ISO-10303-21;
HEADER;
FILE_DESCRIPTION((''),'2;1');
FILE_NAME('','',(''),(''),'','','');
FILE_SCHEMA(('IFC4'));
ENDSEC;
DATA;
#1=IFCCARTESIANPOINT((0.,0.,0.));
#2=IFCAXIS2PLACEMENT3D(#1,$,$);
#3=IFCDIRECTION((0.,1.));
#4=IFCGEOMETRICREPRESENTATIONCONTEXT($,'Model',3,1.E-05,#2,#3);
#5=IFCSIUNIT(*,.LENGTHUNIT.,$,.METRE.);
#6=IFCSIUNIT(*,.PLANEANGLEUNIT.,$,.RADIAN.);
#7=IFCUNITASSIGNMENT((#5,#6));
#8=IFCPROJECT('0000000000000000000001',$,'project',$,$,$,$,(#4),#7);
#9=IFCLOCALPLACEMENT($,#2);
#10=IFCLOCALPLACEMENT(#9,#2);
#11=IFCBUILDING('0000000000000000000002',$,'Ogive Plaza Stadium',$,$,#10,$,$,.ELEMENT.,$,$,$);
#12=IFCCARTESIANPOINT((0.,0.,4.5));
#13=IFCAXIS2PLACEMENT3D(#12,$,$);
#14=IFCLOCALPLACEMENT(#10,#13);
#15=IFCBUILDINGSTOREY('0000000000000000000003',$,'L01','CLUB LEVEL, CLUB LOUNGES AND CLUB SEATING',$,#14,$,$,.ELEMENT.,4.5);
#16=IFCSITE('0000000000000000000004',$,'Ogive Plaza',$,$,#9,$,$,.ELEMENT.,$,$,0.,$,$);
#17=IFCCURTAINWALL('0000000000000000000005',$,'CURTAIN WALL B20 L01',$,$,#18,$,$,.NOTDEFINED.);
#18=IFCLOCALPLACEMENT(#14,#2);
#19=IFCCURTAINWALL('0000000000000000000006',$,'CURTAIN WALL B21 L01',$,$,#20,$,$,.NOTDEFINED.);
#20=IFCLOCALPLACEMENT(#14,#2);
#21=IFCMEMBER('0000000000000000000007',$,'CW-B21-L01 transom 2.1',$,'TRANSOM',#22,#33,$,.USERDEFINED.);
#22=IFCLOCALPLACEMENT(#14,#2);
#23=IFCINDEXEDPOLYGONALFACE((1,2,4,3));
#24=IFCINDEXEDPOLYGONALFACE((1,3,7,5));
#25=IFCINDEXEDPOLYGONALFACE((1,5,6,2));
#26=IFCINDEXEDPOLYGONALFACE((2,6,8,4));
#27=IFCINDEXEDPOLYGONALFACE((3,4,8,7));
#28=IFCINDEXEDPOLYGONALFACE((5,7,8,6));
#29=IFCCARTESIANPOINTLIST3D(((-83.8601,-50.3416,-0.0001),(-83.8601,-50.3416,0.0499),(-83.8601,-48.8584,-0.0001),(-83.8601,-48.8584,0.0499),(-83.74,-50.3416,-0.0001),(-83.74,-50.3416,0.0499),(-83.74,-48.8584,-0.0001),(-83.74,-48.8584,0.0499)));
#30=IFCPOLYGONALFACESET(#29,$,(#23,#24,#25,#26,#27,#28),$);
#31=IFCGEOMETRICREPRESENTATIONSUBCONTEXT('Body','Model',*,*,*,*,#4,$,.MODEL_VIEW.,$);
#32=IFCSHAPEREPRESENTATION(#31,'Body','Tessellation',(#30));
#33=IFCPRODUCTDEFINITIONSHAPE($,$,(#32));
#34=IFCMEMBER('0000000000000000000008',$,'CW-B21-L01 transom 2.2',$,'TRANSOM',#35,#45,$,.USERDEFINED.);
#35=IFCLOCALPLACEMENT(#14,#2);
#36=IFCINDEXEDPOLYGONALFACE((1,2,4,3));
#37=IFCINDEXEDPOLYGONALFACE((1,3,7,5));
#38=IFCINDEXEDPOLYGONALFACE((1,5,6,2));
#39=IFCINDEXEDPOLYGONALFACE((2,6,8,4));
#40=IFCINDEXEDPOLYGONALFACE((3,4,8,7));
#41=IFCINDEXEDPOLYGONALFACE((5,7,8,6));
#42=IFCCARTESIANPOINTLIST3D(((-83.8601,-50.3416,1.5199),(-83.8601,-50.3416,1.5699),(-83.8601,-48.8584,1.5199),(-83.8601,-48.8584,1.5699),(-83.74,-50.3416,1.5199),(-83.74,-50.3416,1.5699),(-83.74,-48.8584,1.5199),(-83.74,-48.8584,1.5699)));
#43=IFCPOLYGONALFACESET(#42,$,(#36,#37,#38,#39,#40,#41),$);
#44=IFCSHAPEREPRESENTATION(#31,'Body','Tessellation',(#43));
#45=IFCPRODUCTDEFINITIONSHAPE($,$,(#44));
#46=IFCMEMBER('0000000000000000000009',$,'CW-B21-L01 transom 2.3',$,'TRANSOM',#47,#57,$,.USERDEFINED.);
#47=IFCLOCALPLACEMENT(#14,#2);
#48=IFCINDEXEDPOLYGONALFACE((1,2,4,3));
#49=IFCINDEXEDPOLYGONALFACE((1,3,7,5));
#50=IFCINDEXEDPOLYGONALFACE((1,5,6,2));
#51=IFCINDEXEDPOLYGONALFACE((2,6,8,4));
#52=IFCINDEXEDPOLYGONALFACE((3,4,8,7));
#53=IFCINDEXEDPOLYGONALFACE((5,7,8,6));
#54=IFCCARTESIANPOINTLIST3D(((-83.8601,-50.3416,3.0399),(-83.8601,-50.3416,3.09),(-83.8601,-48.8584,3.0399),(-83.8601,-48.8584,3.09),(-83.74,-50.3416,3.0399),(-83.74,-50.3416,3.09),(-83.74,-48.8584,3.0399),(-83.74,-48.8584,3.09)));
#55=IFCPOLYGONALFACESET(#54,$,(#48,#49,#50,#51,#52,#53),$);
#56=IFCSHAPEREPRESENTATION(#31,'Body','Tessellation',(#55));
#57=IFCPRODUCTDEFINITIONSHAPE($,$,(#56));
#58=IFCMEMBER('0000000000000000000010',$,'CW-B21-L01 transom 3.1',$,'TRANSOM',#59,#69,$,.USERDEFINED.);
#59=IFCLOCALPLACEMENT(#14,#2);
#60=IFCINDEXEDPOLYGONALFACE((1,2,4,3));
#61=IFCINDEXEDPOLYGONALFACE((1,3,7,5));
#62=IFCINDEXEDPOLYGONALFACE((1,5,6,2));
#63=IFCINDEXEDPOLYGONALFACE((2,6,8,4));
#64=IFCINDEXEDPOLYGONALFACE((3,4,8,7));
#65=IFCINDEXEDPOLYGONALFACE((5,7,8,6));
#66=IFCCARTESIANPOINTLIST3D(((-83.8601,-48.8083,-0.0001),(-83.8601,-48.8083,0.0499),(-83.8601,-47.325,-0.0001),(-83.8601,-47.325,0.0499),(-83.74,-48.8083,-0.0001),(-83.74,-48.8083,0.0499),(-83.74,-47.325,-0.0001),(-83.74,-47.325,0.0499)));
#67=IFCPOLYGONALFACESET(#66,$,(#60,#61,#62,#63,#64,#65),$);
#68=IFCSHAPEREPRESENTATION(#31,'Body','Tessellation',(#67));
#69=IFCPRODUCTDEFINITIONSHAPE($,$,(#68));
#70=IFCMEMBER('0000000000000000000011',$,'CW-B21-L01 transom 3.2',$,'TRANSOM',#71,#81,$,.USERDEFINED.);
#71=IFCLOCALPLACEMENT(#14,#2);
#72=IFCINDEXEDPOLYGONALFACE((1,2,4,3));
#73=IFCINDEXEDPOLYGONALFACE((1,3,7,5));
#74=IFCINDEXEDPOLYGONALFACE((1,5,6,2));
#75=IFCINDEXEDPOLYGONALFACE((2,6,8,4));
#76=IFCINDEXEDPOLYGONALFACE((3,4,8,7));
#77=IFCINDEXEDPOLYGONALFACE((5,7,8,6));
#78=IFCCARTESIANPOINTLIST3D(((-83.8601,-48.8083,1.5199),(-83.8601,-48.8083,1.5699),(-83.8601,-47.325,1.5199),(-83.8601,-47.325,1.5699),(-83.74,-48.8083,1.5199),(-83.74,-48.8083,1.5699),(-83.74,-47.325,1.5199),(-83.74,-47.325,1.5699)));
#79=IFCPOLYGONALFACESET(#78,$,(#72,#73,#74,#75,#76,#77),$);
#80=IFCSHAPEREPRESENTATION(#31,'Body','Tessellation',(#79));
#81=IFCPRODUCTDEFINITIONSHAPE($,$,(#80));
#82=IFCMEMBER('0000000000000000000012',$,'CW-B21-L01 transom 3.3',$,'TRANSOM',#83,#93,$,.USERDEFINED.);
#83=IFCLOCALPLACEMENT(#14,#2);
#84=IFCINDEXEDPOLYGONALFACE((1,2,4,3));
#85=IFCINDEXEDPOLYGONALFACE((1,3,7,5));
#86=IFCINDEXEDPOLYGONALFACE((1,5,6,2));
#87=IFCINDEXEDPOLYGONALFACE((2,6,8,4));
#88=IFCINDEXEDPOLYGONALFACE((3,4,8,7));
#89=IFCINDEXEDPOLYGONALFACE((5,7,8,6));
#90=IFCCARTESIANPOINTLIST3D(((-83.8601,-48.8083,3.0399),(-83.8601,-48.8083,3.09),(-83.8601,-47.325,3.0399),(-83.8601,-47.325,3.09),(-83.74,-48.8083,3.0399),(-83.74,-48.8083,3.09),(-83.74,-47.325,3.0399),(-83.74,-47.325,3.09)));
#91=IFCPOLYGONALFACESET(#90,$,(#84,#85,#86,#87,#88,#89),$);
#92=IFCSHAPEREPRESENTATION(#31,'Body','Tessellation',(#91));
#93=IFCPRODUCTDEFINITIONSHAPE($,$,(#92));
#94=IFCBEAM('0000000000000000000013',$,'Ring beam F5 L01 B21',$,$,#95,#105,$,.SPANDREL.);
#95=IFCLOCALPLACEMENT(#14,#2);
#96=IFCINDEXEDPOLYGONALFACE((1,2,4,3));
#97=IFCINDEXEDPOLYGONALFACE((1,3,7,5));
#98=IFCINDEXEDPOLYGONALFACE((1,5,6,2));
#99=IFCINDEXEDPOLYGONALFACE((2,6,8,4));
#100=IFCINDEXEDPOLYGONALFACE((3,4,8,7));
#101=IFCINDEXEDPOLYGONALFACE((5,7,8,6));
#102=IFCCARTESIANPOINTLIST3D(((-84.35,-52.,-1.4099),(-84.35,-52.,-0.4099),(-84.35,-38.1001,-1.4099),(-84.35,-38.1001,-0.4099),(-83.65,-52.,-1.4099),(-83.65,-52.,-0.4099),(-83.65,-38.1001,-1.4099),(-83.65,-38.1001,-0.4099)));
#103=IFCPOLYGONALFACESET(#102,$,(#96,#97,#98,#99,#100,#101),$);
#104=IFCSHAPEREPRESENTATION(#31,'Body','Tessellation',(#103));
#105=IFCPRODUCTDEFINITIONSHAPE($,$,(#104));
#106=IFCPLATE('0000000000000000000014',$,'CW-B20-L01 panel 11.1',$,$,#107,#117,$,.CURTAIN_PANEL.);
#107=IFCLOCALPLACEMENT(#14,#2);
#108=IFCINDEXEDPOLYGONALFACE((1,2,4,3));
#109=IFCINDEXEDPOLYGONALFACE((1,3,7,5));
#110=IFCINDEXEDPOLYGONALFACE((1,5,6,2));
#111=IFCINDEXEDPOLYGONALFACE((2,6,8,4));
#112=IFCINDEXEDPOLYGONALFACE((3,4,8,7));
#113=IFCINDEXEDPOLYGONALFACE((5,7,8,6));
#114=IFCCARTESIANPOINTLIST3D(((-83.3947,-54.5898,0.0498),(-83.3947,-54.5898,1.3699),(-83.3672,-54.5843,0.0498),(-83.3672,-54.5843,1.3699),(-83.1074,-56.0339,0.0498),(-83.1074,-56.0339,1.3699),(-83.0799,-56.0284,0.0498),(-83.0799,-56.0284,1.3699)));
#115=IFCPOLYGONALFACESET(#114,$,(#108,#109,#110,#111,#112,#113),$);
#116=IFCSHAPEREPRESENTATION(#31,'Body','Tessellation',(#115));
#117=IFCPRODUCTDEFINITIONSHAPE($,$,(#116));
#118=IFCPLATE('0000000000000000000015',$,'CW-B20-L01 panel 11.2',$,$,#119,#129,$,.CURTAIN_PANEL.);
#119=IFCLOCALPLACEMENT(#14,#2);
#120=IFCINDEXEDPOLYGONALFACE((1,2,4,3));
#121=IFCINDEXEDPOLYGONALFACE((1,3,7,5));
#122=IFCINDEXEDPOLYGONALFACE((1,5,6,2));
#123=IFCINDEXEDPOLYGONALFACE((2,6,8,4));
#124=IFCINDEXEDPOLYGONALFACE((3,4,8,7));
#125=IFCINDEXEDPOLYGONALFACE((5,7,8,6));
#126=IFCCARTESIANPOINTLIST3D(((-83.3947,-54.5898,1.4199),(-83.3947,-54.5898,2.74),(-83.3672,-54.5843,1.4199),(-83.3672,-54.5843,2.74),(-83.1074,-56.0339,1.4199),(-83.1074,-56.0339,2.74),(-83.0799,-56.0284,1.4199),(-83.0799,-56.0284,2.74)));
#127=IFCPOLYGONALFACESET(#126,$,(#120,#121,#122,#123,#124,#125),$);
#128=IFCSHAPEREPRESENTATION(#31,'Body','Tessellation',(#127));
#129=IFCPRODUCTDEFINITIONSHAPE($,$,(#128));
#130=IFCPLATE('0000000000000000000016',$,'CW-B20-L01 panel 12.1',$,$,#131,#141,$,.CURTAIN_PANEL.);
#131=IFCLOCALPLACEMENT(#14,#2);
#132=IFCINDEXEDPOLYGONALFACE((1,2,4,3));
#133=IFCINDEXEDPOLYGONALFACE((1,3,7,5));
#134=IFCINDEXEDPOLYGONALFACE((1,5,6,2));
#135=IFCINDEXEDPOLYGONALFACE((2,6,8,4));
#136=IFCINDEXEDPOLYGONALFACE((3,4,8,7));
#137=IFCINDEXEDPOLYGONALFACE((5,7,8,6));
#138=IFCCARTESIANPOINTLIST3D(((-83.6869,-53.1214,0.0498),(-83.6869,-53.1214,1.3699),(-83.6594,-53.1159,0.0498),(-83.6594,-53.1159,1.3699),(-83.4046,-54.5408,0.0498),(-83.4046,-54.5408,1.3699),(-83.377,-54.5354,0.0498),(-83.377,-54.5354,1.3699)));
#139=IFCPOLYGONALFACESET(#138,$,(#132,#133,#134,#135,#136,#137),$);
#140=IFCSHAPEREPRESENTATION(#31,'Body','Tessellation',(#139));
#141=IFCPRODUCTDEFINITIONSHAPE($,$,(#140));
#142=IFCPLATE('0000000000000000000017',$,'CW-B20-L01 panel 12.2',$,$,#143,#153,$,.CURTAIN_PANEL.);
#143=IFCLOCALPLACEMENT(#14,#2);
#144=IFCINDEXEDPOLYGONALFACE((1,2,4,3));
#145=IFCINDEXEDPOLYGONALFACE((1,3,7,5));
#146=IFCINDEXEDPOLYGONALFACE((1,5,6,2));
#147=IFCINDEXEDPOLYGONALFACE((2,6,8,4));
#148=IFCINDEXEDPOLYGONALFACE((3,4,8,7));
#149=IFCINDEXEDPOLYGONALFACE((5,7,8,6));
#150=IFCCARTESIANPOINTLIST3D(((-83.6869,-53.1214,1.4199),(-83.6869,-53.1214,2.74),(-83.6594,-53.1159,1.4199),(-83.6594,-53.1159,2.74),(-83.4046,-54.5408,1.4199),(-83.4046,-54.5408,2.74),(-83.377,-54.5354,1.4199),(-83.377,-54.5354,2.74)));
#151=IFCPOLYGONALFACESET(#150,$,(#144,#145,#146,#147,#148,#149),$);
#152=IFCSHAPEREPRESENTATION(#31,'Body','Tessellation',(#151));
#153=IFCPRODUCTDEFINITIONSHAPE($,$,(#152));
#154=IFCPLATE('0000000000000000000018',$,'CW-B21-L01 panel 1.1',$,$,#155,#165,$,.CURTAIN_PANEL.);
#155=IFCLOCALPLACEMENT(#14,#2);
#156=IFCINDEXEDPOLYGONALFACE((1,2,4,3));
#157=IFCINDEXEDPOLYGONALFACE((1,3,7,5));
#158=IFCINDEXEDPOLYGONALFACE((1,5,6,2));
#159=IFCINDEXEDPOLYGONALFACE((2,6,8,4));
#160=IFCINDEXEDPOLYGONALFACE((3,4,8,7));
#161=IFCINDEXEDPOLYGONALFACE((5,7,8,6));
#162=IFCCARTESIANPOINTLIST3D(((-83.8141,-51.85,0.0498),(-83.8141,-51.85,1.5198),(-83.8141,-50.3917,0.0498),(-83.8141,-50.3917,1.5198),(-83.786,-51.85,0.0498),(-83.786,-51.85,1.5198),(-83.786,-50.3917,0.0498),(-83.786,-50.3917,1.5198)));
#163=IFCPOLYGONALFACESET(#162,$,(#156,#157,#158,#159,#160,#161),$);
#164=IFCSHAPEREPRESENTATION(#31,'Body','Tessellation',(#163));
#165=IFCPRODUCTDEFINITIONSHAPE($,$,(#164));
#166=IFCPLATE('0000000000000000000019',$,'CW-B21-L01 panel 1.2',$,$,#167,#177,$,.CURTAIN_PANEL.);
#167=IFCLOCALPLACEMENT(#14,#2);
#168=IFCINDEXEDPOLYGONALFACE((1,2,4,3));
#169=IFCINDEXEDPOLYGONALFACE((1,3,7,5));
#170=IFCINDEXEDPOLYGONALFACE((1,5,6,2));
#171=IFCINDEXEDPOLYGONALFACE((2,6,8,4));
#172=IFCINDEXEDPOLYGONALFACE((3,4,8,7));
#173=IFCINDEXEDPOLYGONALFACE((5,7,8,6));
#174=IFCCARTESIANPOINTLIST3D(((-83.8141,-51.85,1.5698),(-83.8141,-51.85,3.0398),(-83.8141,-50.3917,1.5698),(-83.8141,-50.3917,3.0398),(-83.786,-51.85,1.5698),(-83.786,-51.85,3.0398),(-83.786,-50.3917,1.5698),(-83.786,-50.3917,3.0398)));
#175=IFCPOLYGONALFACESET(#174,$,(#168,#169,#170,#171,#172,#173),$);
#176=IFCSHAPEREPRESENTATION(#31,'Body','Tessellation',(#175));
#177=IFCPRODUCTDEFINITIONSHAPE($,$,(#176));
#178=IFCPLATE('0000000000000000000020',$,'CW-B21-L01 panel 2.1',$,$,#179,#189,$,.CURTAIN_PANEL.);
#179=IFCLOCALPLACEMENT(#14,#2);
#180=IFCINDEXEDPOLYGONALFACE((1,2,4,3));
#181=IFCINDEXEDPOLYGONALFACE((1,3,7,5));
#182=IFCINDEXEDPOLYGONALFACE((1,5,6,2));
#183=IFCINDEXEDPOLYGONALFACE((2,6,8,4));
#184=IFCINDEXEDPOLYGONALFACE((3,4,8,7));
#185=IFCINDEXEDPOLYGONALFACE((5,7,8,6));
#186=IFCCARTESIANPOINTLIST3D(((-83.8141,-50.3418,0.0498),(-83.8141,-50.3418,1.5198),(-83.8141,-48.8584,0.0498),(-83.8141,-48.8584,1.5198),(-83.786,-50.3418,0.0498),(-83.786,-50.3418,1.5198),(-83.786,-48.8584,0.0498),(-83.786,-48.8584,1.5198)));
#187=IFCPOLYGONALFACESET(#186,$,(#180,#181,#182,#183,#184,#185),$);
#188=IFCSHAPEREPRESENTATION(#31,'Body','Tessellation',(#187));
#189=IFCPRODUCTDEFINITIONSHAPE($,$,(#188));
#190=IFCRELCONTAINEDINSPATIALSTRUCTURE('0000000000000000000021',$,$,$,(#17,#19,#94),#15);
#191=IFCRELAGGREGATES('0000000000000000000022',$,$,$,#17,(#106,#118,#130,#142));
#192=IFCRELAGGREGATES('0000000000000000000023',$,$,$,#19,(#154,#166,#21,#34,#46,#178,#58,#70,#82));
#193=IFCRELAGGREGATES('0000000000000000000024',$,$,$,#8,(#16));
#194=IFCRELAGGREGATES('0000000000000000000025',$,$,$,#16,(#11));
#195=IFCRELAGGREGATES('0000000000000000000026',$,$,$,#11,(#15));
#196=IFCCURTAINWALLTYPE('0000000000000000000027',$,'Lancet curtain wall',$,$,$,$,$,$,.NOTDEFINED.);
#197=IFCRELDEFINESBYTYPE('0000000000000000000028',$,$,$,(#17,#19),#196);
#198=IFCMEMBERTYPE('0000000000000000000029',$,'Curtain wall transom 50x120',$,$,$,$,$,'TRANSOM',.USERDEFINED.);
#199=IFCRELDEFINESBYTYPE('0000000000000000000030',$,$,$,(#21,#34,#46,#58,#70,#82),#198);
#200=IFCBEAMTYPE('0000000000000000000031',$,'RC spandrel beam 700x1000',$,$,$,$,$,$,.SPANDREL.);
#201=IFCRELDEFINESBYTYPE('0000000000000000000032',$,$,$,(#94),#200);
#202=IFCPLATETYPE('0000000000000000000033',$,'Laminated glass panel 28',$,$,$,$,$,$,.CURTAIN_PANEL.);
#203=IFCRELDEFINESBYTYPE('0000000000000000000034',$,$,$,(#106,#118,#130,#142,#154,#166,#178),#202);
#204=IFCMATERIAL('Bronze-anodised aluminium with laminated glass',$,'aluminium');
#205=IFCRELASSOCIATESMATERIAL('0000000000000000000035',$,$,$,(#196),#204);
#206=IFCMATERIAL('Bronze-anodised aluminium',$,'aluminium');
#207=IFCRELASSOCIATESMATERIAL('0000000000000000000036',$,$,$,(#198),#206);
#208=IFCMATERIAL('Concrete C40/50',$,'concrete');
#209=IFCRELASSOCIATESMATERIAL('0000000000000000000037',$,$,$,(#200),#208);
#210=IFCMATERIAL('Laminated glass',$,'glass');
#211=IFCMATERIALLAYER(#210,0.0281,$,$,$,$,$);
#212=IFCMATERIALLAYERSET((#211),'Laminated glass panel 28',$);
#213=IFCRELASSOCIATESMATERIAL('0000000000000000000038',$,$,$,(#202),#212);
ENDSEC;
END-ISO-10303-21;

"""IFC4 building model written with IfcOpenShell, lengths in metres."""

from ifc_helpers import new_model, si_unit, direction, frame, origin, origin_2d, place, context, subcontext, project, spatial, rectangle, extrude, material, layer, layer_set, material_profile, profile_set, type_object, element, aggregate, save


model = new_model("IFC4")

# Units and contexts
model_context = context("Model", 3, precision=1e-05, world=origin(), true_north=direction((0.0, 1.0)))
body_context = subcontext(model_context, "Body", "Model", "MODEL_VIEW")
ifc_project = project(units=[si_unit("LENGTHUNIT", "METRE"), si_unit("PLANEANGLEUNIT", "RADIAN")], contexts=[model_context])

# Site, building, storey
site_placement = place(None, origin())
site = spatial("IfcSite", under=ifc_project, at=site_placement, Name="Ogive Plaza", CompositionType="ELEMENT", RefElevation=0.0)
building_placement = place(site_placement, origin())
building = spatial("IfcBuilding", under=site, at=building_placement, Name="Ogive Plaza Stadium", CompositionType="ELEMENT")
storey_placement = place(building_placement, frame((0.0, 0.0, 4.5)))
storey = spatial("IfcBuildingStorey", under=building, at=storey_placement, Name="L01", Description="CLUB LEVEL, CLUB LOUNGES AND CLUB SEATING", CompositionType="ELEMENT", Elevation=4.5)

# Curtain walls
ifc_material_1 = material(Name="Bronze-anodised aluminium with laminated glass", Category="aluminium")
curtain_wall_type = type_object("IfcCurtainWallType", Name="Lancet curtain wall", PredefinedType="NOTDEFINED", material=ifc_material_1)
curtain_wall_1_placement = place(storey_placement, origin())
curtain_wall_1 = element("IfcCurtainWall", 1, at=curtain_wall_1_placement, inside=storey, type_object=curtain_wall_type, Name="CURTAIN WALL B20 L01", PredefinedType="NOTDEFINED")
curtain_wall_2_placement = place(storey_placement, origin())
curtain_wall_2 = element("IfcCurtainWall", 2, at=curtain_wall_2_placement, inside=storey, type_object=curtain_wall_type, Name="CURTAIN WALL B21 L01", PredefinedType="NOTDEFINED")

# Members
ifc_material_2 = material(Name="Bronze-anodised aluminium", Category="aluminium")
ifc_material_profile_1 = material_profile(ifc_material_2, rectangle(XDim=0.1201, YDim=0.05, at=origin_2d()), Name="AL 120x50")
ifc_profile_set_1 = profile_set([ifc_material_profile_1], Name="Bronze-anodised aluminium")
member_type_1 = type_object("IfcMemberType", Name="Curtain wall transom 50x120", ElementType="TRANSOM", PredefinedType="USERDEFINED", material=ifc_profile_set_1)
member_1_placement = place(storey_placement, frame((-83.8, -50.3416, 0.0249), z_axis=(0.0, 1.0, 0.0), x_axis=(-1.0, 0.0, 0.0)))
member_1 = element("IfcMember", 3, at=member_1_placement, type_object=member_type_1, Name="CW-B21-L01 transom 2.1", ObjectType="TRANSOM", PredefinedType="USERDEFINED", context=body_context, shape_type="SweptSolid", body=[
    extrude(rectangle(XDim=0.1201, YDim=0.05, at=origin_2d()), origin(), (0.0, 0.0, 1.0), 1.4832),
])
member_2_placement = place(storey_placement, frame((-83.8, -50.3416, 1.5449), z_axis=(0.0, 1.0, 0.0), x_axis=(-1.0, 0.0, 0.0)))
member_2 = element("IfcMember", 4, at=member_2_placement, type_object=member_type_1, Name="CW-B21-L01 transom 2.2", ObjectType="TRANSOM", PredefinedType="USERDEFINED", context=body_context, shape_type="SweptSolid", body=[
    extrude(rectangle(XDim=0.1201, YDim=0.05, at=origin_2d()), origin(), (0.0, 0.0, 1.0), 1.4832),
])
member_3_placement = place(storey_placement, frame((-83.8, -50.3416, 3.0649), z_axis=(0.0, 1.0, 0.0), x_axis=(-1.0, 0.0, 0.0)))
member_3 = element("IfcMember", 5, at=member_3_placement, type_object=member_type_1, Name="CW-B21-L01 transom 2.3", ObjectType="TRANSOM", PredefinedType="USERDEFINED", context=body_context, shape_type="SweptSolid", body=[
    extrude(rectangle(XDim=0.1201, YDim=0.05, at=origin_2d()), origin(), (0.0, 0.0, 1.0), 1.4832),
])
member_4_placement = place(storey_placement, frame((-83.8, -48.8083, 0.0249), z_axis=(0.0, 1.0, 0.0), x_axis=(-1.0, 0.0, 0.0)))
member_4 = element("IfcMember", 6, at=member_4_placement, type_object=member_type_1, Name="CW-B21-L01 transom 3.1", ObjectType="TRANSOM", PredefinedType="USERDEFINED", context=body_context, shape_type="SweptSolid", body=[
    extrude(rectangle(XDim=0.1201, YDim=0.05, at=origin_2d()), origin(), (0.0, 0.0, 1.0), 1.4834),
])
member_5_placement = place(storey_placement, frame((-83.8, -48.8083, 1.5449), z_axis=(0.0, 1.0, 0.0), x_axis=(-1.0, 0.0, 0.0)))
member_5 = element("IfcMember", 7, at=member_5_placement, type_object=member_type_1, Name="CW-B21-L01 transom 3.2", ObjectType="TRANSOM", PredefinedType="USERDEFINED", context=body_context, shape_type="SweptSolid", body=[
    extrude(rectangle(XDim=0.1201, YDim=0.05, at=origin_2d()), origin(), (0.0, 0.0, 1.0), 1.4834),
])
member_6_placement = place(storey_placement, frame((-83.8, -48.8083, 3.0649), z_axis=(0.0, 1.0, 0.0), x_axis=(-1.0, 0.0, 0.0)))
member_6 = element("IfcMember", 8, at=member_6_placement, type_object=member_type_1, Name="CW-B21-L01 transom 3.3", ObjectType="TRANSOM", PredefinedType="USERDEFINED", context=body_context, shape_type="SweptSolid", body=[
    extrude(rectangle(XDim=0.1201, YDim=0.05, at=origin_2d()), origin(), (0.0, 0.0, 1.0), 1.4834),
])

# Beam
ifc_material_3 = material(Name="Concrete C40/50", Category="concrete")
ifc_material_profile_2 = material_profile(ifc_material_3, rectangle(XDim=0.7, YDim=1.0, at=origin_2d()), Name="RC 700x1000")
ifc_profile_set_2 = profile_set([ifc_material_profile_2], Name="Concrete C40/50")
beam_type = type_object("IfcBeamType", Name="RC spandrel beam 700x1000", PredefinedType="SPANDREL", material=ifc_profile_set_2)
beam_placement = place(storey_placement, frame((-84.0, -52.0, -0.9099), z_axis=(0.0, 1.0, 0.0), x_axis=(-1.0, 0.0, 0.0)))
element("IfcBeam", 9, at=beam_placement, inside=storey, type_object=beam_type, Name="Ring beam F5 L01 B21", PredefinedType="SPANDREL", context=body_context, shape_type="SweptSolid", body=[
    extrude(rectangle(XDim=0.7, YDim=1.0, at=origin_2d()), origin(), (0.0, 0.0, 1.0), 13.8999),
])

# Plates
ifc_material_4 = material(Name="Laminated glass", Category="glass")
ifc_layer = layer(ifc_material_4, 0.0281)
ifc_layer_set = layer_set([ifc_layer], Name="Laminated glass panel 28")
plate_type = type_object("IfcPlateType", Name="Laminated glass panel 28", PredefinedType="CURTAIN_PANEL", material=ifc_layer_set)
plate_1_placement = place(storey_placement, frame((-83.2373, -55.3091, 0.0498), z_axis=(0.0, 0.0, 1.0), x_axis=(-0.19509, 0.980785, 0.0)))
plate_1 = element("IfcPlate", 10, at=plate_1_placement, type_object=plate_type, Name="CW-B20-L01 panel 11.1", PredefinedType="CURTAIN_PANEL", context=body_context, shape_type="SweptSolid", body=[
    extrude(rectangle(XDim=1.4724, YDim=0.0281, at=origin_2d()), origin(), (0.0, 0.0, 1.0), 1.3201),
])
plate_2_placement = place(storey_placement, frame((-83.2373, -55.3091, 1.4199), z_axis=(0.0, 0.0, 1.0), x_axis=(-0.19509, 0.980785, 0.0)))
plate_2 = element("IfcPlate", 11, at=plate_2_placement, type_object=plate_type, Name="CW-B20-L01 panel 11.2", PredefinedType="CURTAIN_PANEL", context=body_context, shape_type="SweptSolid", body=[
    extrude(rectangle(XDim=1.4724, YDim=0.0281, at=origin_2d()), origin(), (0.0, 0.0, 1.0), 1.3201),
])
plate_3_placement = place(storey_placement, frame((-83.532, -53.8284, 0.0498), z_axis=(0.0, 0.0, 1.0), x_axis=(-0.19509, 0.980785, 0.0)))
plate_3 = element("IfcPlate", 12, at=plate_3_placement, type_object=plate_type, Name="CW-B20-L01 panel 12.1", PredefinedType="CURTAIN_PANEL", context=body_context, shape_type="SweptSolid", body=[
    extrude(rectangle(XDim=1.4473, YDim=0.0281, at=origin_2d()), origin(), (0.0, 0.0, 1.0), 1.3201),
])
plate_4_placement = place(storey_placement, frame((-83.532, -53.8284, 1.4199), z_axis=(0.0, 0.0, 1.0), x_axis=(-0.19509, 0.980785, 0.0)))
plate_4 = element("IfcPlate", 13, at=plate_4_placement, type_object=plate_type, Name="CW-B20-L01 panel 12.2", PredefinedType="CURTAIN_PANEL", context=body_context, shape_type="SweptSolid", body=[
    extrude(rectangle(XDim=1.4473, YDim=0.0281, at=origin_2d()), origin(), (0.0, 0.0, 1.0), 1.3201),
])
aggregate(curtain_wall_1, [plate_1, plate_2, plate_3, plate_4])
plate_5_placement = place(storey_placement, frame((-83.8, -51.1208, 0.0498), z_axis=(0.0, 0.0, 1.0), x_axis=(0.0, 1.0, 0.0)))
plate_5 = element("IfcPlate", 14, at=plate_5_placement, type_object=plate_type, Name="CW-B21-L01 panel 1.1", PredefinedType="CURTAIN_PANEL", context=body_context, shape_type="SweptSolid", body=[
    extrude(rectangle(XDim=1.4583, YDim=0.0281, at=origin_2d()), origin(), (0.0, 0.0, 1.0), 1.47),
])
plate_6_placement = place(storey_placement, frame((-83.8, -51.1208, 1.5698), z_axis=(0.0, 0.0, 1.0), x_axis=(0.0, 1.0, 0.0)))
plate_6 = element("IfcPlate", 15, at=plate_6_placement, type_object=plate_type, Name="CW-B21-L01 panel 1.2", PredefinedType="CURTAIN_PANEL", context=body_context, shape_type="SweptSolid", body=[
    extrude(rectangle(XDim=1.4583, YDim=0.0281, at=origin_2d()), origin(), (0.0, 0.0, 1.0), 1.47),
])
plate_7_placement = place(storey_placement, frame((-83.8, -49.6001, 0.0498), z_axis=(0.0, 0.0, 1.0), x_axis=(0.0, 1.0, 0.0)))
plate_7 = element("IfcPlate", 16, at=plate_7_placement, type_object=plate_type, Name="CW-B21-L01 panel 2.1", PredefinedType="CURTAIN_PANEL", context=body_context, shape_type="SweptSolid", body=[
    extrude(rectangle(XDim=1.4834, YDim=0.0281, at=origin_2d()), origin(), (0.0, 0.0, 1.0), 1.47),
])
aggregate(curtain_wall_2, [plate_5, plate_6, member_1, member_2, member_3, plate_7, member_4, member_5, member_6])

save(model, "model.ifc")
